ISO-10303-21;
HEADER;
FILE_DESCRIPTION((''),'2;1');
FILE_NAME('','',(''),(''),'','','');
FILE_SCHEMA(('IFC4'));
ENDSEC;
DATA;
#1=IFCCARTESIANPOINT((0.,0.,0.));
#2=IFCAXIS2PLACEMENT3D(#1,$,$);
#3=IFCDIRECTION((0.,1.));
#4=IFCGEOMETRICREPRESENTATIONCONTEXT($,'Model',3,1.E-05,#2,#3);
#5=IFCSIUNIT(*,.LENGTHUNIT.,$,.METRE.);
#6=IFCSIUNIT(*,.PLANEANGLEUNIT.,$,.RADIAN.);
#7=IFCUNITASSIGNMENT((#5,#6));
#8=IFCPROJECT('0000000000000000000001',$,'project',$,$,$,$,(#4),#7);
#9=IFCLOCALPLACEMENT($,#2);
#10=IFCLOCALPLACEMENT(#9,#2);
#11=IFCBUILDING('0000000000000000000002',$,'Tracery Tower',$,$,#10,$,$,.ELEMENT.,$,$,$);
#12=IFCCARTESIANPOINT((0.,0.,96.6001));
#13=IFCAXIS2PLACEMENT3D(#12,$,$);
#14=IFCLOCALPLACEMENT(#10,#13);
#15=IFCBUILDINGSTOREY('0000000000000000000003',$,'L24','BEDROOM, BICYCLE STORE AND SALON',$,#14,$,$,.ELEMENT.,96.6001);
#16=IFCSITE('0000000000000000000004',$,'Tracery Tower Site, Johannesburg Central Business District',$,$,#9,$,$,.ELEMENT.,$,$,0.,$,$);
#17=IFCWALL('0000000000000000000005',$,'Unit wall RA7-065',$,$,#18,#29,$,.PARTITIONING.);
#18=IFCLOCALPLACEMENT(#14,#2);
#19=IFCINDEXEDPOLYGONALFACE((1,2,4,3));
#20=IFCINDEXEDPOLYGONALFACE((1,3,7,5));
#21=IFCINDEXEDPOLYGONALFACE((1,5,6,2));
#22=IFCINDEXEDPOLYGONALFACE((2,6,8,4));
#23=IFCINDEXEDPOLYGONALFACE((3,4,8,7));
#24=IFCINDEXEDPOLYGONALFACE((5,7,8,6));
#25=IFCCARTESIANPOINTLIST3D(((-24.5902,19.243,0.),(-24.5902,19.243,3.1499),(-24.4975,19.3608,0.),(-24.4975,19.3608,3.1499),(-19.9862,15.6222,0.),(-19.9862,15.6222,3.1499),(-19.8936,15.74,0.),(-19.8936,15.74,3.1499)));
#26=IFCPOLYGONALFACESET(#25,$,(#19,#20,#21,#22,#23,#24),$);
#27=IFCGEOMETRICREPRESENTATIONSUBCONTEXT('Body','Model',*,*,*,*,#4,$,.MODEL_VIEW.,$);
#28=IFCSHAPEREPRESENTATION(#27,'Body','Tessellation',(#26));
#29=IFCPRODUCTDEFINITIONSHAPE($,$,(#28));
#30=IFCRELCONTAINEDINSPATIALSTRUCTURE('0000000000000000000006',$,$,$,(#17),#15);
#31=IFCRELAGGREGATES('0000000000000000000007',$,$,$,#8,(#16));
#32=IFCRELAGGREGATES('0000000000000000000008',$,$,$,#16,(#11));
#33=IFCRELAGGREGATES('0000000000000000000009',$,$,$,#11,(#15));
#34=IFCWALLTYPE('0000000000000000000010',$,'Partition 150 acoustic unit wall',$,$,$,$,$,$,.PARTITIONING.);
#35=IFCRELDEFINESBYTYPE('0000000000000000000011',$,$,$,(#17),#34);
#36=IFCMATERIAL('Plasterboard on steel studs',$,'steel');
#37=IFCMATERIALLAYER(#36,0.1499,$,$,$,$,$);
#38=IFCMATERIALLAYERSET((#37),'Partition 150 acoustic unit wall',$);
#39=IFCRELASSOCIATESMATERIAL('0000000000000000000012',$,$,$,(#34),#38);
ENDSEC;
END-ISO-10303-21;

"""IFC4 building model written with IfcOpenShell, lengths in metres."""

from ifc_helpers import new_model, si_unit, direction, frame, frame_2d, origin, place, context, subcontext, project, spatial, rectangle, extrude, material, layer, layer_set, type_object, element, save


model = new_model("IFC4")

# Units and contexts
model_context = context("Model", 3, precision=1e-05, world=origin(), true_north=direction((0.0, 1.0)))
body_context = subcontext(model_context, "Body", "Model", "MODEL_VIEW")
ifc_project = project(units=[si_unit("LENGTHUNIT", "METRE"), si_unit("PLANEANGLEUNIT", "RADIAN")], contexts=[model_context])

# Site, building, storey
site_placement = place(None, origin())
site = spatial("IfcSite", under=ifc_project, at=site_placement, Name="Tracery Tower Site, Johannesburg Central Business District", CompositionType="ELEMENT", RefElevation=0.0)
building_placement = place(site_placement, origin())
building = spatial("IfcBuilding", under=site, at=building_placement, Name="Tracery Tower", CompositionType="ELEMENT")
storey_placement = place(building_placement, frame((0.0, 0.0, 96.6001)))
storey = spatial("IfcBuildingStorey", under=building, at=storey_placement, Name="L24", Description="BEDROOM, BICYCLE STORE AND SALON", CompositionType="ELEMENT", Elevation=96.6001)

# Wall
ifc_material_1 = material(Name="Plasterboard on steel studs", Category="steel")
ifc_layer_1 = layer(ifc_material_1, 0.1499)
ifc_layer_set_1 = layer_set([ifc_layer_1], Name="Partition 150 acoustic unit wall")
wall_type_1 = type_object("IfcWallType", Name="Partition 150 acoustic unit wall", PredefinedType="PARTITIONING", material=ifc_layer_set_1)
wall_1_placement = place(storey_placement, frame((-24.5439, 19.302, 0.0), z_axis=(0.0, 0.0, 1.0), x_axis=(0.786035, -0.618182, 0.0)))
element("IfcWall", 1, at=wall_1_placement, inside=storey, type_object=wall_type_1, Name="Unit wall RA7-065", PredefinedType="PARTITIONING", context=body_context, shape_type="SweptSolid", body=[
    extrude(rectangle(XDim=5.8572, YDim=0.1499, at=frame_2d((2.9287, 0.0))), origin(), (0.0, 0.0, 1.0), 3.1499),
])

save(model, "model.ifc")
